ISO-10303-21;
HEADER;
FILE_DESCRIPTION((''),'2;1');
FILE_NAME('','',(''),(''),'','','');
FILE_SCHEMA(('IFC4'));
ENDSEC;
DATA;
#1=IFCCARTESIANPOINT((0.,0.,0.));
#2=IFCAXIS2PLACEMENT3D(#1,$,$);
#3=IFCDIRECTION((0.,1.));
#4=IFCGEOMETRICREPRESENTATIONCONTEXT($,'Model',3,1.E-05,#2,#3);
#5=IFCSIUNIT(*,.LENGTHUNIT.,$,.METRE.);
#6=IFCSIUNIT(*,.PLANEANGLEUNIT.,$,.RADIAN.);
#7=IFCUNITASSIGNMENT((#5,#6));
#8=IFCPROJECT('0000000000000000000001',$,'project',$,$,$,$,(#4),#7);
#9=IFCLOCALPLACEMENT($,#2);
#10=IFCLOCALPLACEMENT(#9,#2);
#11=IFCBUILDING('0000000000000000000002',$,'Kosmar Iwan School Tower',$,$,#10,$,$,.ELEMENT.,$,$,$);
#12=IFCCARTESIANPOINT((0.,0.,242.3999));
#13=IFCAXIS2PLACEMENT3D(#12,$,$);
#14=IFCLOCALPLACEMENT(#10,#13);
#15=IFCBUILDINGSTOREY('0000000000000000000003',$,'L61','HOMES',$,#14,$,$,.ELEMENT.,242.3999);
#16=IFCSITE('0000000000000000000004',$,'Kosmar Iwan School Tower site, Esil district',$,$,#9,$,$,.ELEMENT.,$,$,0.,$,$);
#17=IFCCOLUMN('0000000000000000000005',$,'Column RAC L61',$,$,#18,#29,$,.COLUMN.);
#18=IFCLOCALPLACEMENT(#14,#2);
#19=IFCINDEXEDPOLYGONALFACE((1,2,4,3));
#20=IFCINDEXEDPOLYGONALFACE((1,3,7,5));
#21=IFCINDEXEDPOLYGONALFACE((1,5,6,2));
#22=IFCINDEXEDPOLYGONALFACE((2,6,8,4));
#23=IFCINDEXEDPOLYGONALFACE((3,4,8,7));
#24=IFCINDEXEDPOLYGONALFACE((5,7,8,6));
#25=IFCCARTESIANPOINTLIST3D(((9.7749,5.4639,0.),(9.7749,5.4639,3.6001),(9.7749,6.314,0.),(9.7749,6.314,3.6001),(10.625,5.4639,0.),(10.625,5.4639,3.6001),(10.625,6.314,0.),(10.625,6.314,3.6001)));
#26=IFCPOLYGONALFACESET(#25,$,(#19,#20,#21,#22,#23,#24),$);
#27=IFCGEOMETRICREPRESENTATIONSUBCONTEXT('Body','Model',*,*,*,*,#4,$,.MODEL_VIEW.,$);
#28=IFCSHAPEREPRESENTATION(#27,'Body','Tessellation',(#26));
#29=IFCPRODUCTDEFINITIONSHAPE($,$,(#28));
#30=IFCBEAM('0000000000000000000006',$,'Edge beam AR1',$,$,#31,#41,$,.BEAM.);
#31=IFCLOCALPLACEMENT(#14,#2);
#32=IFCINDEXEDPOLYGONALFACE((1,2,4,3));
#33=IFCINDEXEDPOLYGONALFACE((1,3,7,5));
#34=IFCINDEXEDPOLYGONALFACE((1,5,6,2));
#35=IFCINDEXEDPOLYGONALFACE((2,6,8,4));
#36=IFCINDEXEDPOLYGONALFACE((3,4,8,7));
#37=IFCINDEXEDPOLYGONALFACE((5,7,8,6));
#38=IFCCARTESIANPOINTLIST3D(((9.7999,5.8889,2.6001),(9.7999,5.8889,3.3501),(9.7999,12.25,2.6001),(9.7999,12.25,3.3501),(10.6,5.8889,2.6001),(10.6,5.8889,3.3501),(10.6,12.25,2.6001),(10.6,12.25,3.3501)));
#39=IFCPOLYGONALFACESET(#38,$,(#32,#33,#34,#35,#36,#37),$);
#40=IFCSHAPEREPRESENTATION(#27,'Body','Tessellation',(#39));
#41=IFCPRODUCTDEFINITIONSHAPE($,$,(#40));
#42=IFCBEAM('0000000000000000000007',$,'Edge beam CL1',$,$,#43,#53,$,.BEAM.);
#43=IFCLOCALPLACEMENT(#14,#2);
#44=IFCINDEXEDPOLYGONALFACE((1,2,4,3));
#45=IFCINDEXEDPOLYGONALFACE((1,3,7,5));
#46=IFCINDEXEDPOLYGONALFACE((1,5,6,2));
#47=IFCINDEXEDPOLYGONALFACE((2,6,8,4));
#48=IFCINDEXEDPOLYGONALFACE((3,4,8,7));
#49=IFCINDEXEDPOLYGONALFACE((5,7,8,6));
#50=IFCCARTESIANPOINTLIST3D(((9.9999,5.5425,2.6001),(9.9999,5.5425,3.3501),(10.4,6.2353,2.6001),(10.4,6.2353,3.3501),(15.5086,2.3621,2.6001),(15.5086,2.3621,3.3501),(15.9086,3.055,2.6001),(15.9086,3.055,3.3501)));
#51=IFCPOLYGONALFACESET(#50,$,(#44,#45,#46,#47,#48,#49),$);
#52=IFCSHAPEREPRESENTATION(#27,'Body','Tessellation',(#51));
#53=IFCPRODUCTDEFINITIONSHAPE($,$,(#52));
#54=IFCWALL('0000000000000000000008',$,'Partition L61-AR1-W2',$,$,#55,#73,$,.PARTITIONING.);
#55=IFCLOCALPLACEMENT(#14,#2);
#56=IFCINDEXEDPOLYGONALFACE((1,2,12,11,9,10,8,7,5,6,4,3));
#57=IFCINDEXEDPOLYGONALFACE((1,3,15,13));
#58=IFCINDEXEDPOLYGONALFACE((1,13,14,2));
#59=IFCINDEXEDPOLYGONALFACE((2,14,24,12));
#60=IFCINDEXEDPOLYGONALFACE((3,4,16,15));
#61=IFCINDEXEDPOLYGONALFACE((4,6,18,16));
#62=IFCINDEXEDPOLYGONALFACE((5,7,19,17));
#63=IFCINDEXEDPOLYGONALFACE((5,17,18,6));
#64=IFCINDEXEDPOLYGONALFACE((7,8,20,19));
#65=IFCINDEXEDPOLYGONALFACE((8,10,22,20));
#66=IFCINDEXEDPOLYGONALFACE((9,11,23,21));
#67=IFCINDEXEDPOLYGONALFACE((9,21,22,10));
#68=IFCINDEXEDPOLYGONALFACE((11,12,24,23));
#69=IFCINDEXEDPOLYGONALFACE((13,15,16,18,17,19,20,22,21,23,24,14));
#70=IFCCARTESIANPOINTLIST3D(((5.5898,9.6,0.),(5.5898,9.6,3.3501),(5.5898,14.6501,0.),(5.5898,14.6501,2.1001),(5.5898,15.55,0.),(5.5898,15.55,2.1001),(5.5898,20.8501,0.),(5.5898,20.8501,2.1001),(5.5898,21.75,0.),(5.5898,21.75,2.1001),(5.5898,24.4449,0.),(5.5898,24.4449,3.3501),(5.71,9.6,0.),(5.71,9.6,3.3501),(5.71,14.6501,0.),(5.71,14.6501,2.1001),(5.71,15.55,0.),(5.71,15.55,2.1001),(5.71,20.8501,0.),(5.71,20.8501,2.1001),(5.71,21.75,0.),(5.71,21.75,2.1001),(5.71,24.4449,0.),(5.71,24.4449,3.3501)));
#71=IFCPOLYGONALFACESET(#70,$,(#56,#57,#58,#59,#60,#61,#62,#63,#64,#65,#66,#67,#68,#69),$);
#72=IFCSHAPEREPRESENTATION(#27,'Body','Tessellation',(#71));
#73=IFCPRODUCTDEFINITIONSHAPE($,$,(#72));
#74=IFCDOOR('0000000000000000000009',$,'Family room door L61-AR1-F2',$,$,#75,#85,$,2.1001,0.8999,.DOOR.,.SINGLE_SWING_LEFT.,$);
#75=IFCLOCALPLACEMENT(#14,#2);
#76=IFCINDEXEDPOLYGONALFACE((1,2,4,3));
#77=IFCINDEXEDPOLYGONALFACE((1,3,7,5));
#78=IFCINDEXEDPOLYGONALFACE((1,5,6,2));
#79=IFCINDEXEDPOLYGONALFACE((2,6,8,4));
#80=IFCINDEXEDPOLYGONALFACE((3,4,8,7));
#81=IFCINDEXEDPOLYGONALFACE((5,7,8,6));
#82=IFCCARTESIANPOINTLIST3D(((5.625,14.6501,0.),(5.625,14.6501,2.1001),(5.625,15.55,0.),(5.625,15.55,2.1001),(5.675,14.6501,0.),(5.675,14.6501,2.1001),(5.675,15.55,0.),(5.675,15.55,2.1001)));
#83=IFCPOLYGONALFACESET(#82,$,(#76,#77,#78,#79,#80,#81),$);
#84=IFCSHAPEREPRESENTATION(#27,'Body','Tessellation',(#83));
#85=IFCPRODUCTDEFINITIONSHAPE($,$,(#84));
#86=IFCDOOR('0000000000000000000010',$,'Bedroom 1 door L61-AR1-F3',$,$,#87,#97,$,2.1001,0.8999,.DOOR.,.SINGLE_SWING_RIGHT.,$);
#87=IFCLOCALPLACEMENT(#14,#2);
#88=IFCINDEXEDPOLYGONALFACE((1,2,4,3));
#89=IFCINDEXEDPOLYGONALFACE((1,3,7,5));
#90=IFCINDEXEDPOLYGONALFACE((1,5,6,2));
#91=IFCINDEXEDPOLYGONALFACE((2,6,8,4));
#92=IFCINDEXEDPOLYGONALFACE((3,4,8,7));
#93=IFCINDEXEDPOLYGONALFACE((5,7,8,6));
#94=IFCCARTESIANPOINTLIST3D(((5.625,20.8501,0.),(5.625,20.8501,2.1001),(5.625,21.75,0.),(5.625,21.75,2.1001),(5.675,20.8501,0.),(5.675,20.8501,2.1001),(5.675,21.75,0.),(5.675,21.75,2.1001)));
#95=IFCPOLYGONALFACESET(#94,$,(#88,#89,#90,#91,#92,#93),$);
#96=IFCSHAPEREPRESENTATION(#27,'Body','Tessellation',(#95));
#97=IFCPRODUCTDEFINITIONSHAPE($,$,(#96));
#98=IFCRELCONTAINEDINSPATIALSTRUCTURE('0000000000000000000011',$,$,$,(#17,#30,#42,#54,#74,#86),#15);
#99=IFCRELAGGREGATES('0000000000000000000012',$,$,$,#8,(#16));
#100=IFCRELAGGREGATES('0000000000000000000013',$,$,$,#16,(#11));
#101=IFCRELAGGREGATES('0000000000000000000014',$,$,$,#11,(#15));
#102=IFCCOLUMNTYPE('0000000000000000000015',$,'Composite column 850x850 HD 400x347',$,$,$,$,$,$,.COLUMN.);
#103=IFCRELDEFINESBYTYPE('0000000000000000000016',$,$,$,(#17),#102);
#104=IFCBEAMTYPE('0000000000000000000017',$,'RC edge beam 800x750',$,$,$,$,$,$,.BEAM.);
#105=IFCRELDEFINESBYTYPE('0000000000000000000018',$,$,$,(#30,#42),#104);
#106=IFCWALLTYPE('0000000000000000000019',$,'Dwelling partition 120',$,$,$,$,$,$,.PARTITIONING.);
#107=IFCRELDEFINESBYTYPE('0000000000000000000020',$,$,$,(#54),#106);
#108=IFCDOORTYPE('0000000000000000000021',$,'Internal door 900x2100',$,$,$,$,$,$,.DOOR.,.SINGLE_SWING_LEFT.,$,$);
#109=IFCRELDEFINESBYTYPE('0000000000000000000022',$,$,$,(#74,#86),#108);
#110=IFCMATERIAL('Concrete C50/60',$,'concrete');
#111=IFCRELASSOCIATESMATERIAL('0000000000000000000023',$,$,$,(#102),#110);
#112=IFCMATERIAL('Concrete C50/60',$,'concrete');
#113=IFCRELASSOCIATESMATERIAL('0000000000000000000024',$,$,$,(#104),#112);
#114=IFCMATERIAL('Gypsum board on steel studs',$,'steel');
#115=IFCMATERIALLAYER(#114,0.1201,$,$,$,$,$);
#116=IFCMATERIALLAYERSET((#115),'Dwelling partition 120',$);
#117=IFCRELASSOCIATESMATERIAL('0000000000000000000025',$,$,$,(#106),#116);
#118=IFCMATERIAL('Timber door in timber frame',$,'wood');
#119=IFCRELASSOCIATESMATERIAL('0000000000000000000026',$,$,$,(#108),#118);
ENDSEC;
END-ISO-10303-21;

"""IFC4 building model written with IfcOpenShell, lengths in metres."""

from ifc_helpers import new_model, si_unit, direction, frame, frame_2d, origin, origin_2d, place, context, subcontext, project, spatial, rectangle, extrude, material, layer, layer_set, material_profile, profile_set, type_object, element, fill, save


model = new_model("IFC4")

# Units and contexts
model_context = context("Model", 3, precision=1e-05, world=origin(), true_north=direction((0.0, 1.0)))
body_context = subcontext(model_context, "Body", "Model", "MODEL_VIEW")
ifc_project = project(units=[si_unit("LENGTHUNIT", "METRE"), si_unit("PLANEANGLEUNIT", "RADIAN")], contexts=[model_context])

# Site, building, storey
site_placement = place(None, origin())
site = spatial("IfcSite", under=ifc_project, at=site_placement, Name="Kosmar Iwan School Tower site, Esil district", CompositionType="ELEMENT", RefElevation=0.0)
building_placement = place(site_placement, origin())
building = spatial("IfcBuilding", under=site, at=building_placement, Name="Kosmar Iwan School Tower", CompositionType="ELEMENT")
storey_placement = place(building_placement, frame((0.0, 0.0, 242.3999)))
storey = spatial("IfcBuildingStorey", under=building, at=storey_placement, Name="L61", Description="HOMES", CompositionType="ELEMENT", Elevation=242.3999)

# Column
ifc_material_1 = material(Name="Concrete C50/60", Category="concrete")
ifc_material_profile_1 = material_profile(ifc_material_1, rectangle(XDim=0.8501, YDim=0.8501, at=origin_2d()), Name="RC 850x850 + HD 400x347")
ifc_profile_set_1 = profile_set([ifc_material_profile_1], Name="Concrete C50/60")
column_type = type_object("IfcColumnType", Name="Composite column 850x850 HD 400x347", PredefinedType="COLUMN", material=ifc_profile_set_1)
column_placement = place(storey_placement, frame((10.2, 5.8889, 0.0), z_axis=(0.0, 0.0, 1.0), x_axis=(1.0, 0.0, 0.0)))
element("IfcColumn", 1, at=column_placement, inside=storey, type_object=column_type, Name="Column RAC L61", PredefinedType="COLUMN", context=body_context, shape_type="SweptSolid", body=[
    extrude(rectangle(XDim=0.8501, YDim=0.8501, at=origin_2d()), origin(), (0.0, 0.0, 1.0), 3.6001),
])

# Beams
ifc_material_2 = material(Name="Concrete C50/60", Category="concrete")
ifc_material_profile_2 = material_profile(ifc_material_2, rectangle(XDim=0.8, YDim=0.75, at=origin_2d()), Name="RC 800x750")
ifc_profile_set_2 = profile_set([ifc_material_profile_2], Name="Concrete C50/60")
beam_type = type_object("IfcBeamType", Name="RC edge beam 800x750", PredefinedType="BEAM", material=ifc_profile_set_2)
beam_1_placement = place(storey_placement, frame((10.2, 5.8889, 2.9751), z_axis=(0.0, 1.0, 0.0), x_axis=(-1.0, 0.0, 0.0)))
element("IfcBeam", 2, at=beam_1_placement, inside=storey, type_object=beam_type, Name="Edge beam AR1", PredefinedType="BEAM", context=body_context, shape_type="SweptSolid", body=[
    extrude(rectangle(XDim=0.8, YDim=0.75, at=origin_2d()), origin(), (0.0, 0.0, 1.0), 6.3611),
])
beam_2_placement = place(storey_placement, frame((10.2, 5.8889, 2.9751), z_axis=(0.866031, -0.49999, 0.0), x_axis=(0.49999, 0.866031, 0.0)))
element("IfcBeam", 3, at=beam_2_placement, inside=storey, type_object=beam_type, Name="Edge beam CL1", PredefinedType="BEAM", context=body_context, shape_type="SweptSolid", body=[
    extrude(rectangle(XDim=0.8, YDim=0.75, at=origin_2d()), origin(), (0.0, 0.0, 1.0), 6.3608),
])

# Wall, openings, doors
ifc_material_3 = material(Name="Gypsum board on steel studs", Category="steel")
ifc_layer_1 = layer(ifc_material_3, 0.1201)
ifc_layer_set_1 = layer_set([ifc_layer_1], Name="Dwelling partition 120")
wall_type_1 = type_object("IfcWallType", Name="Dwelling partition 120", PredefinedType="PARTITIONING", material=ifc_layer_set_1)
wall_1_placement = place(storey_placement, frame((5.6499, 9.6001, 0.0), z_axis=(0.0, 0.0, 1.0), x_axis=(0.0, 1.0, 0.0)))
wall_1 = element("IfcWall", 4, at=wall_1_placement, inside=storey, type_object=wall_type_1, Name="Partition L61-AR1-W2", PredefinedType="PARTITIONING", context=body_context, shape_type="SweptSolid", body=[
    extrude(rectangle(XDim=14.845, YDim=0.1201, at=frame_2d((7.4224, 0.0))), origin(), (0.0, 0.0, 1.0), 3.3501),
])
opening_1_placement = place(wall_1_placement, frame((5.05, 0.0, 0.0)))
opening_1 = element("IfcOpeningElement", 5, at=opening_1_placement, cuts=wall_1, PredefinedType="OPENING", context=body_context, shape_type="SweptSolid", body=[
    extrude(rectangle(XDim=0.8999, YDim=2.1001, at=frame_2d((0.45, 1.05))), frame((0.0, 0.072, 0.0), z_axis=(0.0, -1.0, 0.0), x_axis=(1.0, 0.0, 0.0)), (0.0, 0.0, 1.0), 0.144),
])
opening_2_placement = place(wall_1_placement, frame((11.25, 0.0, 0.0)))
opening_2 = element("IfcOpeningElement", 6, at=opening_2_placement, cuts=wall_1, PredefinedType="OPENING", context=body_context, shape_type="SweptSolid", body=[
    extrude(rectangle(XDim=0.8999, YDim=2.1001, at=frame_2d((0.45, 1.05))), frame((0.0, 0.072, 0.0), z_axis=(0.0, -1.0, 0.0), x_axis=(1.0, 0.0, 0.0)), (0.0, 0.0, 1.0), 0.144),
])
ifc_material_4 = material(Name="Timber door in timber frame", Category="wood")
door_type = type_object("IfcDoorType", Name="Internal door 900x2100", OperationType="SINGLE_SWING_LEFT", PredefinedType="DOOR", material=ifc_material_4)
door_1_placement = place(opening_1_placement, origin())
door_1 = element("IfcDoor", 7, at=door_1_placement, inside=storey, type_object=door_type, Name="Family room door L61-AR1-F2", OperationType="SINGLE_SWING_LEFT", OverallHeight=2.1001, OverallWidth=0.8999, PredefinedType="DOOR", context=body_context, shape_type="SweptSolid", body=[
    extrude(rectangle(XDim=0.8999, YDim=2.1001, at=frame_2d((0.45, 1.05))), frame((0.0, 0.0249, 0.0), z_axis=(0.0, -1.0, 0.0), x_axis=(1.0, 0.0, 0.0)), (0.0, 0.0, 1.0), 0.05),
])
fill(opening_1, door_1)
door_2_placement = place(opening_2_placement, origin())
door_2 = element("IfcDoor", 8, at=door_2_placement, inside=storey, type_object=door_type, Name="Bedroom 1 door L61-AR1-F3", OperationType="SINGLE_SWING_RIGHT", OverallHeight=2.1001, OverallWidth=0.8999, PredefinedType="DOOR", context=body_context, shape_type="SweptSolid", body=[
    extrude(rectangle(XDim=0.8999, YDim=2.1001, at=frame_2d((0.45, 1.05))), frame((0.0, 0.0249, 0.0), z_axis=(0.0, -1.0, 0.0), x_axis=(1.0, 0.0, 0.0)), (0.0, 0.0, 1.0), 0.05),
])
fill(opening_2, door_2)

save(model, "model.ifc")
